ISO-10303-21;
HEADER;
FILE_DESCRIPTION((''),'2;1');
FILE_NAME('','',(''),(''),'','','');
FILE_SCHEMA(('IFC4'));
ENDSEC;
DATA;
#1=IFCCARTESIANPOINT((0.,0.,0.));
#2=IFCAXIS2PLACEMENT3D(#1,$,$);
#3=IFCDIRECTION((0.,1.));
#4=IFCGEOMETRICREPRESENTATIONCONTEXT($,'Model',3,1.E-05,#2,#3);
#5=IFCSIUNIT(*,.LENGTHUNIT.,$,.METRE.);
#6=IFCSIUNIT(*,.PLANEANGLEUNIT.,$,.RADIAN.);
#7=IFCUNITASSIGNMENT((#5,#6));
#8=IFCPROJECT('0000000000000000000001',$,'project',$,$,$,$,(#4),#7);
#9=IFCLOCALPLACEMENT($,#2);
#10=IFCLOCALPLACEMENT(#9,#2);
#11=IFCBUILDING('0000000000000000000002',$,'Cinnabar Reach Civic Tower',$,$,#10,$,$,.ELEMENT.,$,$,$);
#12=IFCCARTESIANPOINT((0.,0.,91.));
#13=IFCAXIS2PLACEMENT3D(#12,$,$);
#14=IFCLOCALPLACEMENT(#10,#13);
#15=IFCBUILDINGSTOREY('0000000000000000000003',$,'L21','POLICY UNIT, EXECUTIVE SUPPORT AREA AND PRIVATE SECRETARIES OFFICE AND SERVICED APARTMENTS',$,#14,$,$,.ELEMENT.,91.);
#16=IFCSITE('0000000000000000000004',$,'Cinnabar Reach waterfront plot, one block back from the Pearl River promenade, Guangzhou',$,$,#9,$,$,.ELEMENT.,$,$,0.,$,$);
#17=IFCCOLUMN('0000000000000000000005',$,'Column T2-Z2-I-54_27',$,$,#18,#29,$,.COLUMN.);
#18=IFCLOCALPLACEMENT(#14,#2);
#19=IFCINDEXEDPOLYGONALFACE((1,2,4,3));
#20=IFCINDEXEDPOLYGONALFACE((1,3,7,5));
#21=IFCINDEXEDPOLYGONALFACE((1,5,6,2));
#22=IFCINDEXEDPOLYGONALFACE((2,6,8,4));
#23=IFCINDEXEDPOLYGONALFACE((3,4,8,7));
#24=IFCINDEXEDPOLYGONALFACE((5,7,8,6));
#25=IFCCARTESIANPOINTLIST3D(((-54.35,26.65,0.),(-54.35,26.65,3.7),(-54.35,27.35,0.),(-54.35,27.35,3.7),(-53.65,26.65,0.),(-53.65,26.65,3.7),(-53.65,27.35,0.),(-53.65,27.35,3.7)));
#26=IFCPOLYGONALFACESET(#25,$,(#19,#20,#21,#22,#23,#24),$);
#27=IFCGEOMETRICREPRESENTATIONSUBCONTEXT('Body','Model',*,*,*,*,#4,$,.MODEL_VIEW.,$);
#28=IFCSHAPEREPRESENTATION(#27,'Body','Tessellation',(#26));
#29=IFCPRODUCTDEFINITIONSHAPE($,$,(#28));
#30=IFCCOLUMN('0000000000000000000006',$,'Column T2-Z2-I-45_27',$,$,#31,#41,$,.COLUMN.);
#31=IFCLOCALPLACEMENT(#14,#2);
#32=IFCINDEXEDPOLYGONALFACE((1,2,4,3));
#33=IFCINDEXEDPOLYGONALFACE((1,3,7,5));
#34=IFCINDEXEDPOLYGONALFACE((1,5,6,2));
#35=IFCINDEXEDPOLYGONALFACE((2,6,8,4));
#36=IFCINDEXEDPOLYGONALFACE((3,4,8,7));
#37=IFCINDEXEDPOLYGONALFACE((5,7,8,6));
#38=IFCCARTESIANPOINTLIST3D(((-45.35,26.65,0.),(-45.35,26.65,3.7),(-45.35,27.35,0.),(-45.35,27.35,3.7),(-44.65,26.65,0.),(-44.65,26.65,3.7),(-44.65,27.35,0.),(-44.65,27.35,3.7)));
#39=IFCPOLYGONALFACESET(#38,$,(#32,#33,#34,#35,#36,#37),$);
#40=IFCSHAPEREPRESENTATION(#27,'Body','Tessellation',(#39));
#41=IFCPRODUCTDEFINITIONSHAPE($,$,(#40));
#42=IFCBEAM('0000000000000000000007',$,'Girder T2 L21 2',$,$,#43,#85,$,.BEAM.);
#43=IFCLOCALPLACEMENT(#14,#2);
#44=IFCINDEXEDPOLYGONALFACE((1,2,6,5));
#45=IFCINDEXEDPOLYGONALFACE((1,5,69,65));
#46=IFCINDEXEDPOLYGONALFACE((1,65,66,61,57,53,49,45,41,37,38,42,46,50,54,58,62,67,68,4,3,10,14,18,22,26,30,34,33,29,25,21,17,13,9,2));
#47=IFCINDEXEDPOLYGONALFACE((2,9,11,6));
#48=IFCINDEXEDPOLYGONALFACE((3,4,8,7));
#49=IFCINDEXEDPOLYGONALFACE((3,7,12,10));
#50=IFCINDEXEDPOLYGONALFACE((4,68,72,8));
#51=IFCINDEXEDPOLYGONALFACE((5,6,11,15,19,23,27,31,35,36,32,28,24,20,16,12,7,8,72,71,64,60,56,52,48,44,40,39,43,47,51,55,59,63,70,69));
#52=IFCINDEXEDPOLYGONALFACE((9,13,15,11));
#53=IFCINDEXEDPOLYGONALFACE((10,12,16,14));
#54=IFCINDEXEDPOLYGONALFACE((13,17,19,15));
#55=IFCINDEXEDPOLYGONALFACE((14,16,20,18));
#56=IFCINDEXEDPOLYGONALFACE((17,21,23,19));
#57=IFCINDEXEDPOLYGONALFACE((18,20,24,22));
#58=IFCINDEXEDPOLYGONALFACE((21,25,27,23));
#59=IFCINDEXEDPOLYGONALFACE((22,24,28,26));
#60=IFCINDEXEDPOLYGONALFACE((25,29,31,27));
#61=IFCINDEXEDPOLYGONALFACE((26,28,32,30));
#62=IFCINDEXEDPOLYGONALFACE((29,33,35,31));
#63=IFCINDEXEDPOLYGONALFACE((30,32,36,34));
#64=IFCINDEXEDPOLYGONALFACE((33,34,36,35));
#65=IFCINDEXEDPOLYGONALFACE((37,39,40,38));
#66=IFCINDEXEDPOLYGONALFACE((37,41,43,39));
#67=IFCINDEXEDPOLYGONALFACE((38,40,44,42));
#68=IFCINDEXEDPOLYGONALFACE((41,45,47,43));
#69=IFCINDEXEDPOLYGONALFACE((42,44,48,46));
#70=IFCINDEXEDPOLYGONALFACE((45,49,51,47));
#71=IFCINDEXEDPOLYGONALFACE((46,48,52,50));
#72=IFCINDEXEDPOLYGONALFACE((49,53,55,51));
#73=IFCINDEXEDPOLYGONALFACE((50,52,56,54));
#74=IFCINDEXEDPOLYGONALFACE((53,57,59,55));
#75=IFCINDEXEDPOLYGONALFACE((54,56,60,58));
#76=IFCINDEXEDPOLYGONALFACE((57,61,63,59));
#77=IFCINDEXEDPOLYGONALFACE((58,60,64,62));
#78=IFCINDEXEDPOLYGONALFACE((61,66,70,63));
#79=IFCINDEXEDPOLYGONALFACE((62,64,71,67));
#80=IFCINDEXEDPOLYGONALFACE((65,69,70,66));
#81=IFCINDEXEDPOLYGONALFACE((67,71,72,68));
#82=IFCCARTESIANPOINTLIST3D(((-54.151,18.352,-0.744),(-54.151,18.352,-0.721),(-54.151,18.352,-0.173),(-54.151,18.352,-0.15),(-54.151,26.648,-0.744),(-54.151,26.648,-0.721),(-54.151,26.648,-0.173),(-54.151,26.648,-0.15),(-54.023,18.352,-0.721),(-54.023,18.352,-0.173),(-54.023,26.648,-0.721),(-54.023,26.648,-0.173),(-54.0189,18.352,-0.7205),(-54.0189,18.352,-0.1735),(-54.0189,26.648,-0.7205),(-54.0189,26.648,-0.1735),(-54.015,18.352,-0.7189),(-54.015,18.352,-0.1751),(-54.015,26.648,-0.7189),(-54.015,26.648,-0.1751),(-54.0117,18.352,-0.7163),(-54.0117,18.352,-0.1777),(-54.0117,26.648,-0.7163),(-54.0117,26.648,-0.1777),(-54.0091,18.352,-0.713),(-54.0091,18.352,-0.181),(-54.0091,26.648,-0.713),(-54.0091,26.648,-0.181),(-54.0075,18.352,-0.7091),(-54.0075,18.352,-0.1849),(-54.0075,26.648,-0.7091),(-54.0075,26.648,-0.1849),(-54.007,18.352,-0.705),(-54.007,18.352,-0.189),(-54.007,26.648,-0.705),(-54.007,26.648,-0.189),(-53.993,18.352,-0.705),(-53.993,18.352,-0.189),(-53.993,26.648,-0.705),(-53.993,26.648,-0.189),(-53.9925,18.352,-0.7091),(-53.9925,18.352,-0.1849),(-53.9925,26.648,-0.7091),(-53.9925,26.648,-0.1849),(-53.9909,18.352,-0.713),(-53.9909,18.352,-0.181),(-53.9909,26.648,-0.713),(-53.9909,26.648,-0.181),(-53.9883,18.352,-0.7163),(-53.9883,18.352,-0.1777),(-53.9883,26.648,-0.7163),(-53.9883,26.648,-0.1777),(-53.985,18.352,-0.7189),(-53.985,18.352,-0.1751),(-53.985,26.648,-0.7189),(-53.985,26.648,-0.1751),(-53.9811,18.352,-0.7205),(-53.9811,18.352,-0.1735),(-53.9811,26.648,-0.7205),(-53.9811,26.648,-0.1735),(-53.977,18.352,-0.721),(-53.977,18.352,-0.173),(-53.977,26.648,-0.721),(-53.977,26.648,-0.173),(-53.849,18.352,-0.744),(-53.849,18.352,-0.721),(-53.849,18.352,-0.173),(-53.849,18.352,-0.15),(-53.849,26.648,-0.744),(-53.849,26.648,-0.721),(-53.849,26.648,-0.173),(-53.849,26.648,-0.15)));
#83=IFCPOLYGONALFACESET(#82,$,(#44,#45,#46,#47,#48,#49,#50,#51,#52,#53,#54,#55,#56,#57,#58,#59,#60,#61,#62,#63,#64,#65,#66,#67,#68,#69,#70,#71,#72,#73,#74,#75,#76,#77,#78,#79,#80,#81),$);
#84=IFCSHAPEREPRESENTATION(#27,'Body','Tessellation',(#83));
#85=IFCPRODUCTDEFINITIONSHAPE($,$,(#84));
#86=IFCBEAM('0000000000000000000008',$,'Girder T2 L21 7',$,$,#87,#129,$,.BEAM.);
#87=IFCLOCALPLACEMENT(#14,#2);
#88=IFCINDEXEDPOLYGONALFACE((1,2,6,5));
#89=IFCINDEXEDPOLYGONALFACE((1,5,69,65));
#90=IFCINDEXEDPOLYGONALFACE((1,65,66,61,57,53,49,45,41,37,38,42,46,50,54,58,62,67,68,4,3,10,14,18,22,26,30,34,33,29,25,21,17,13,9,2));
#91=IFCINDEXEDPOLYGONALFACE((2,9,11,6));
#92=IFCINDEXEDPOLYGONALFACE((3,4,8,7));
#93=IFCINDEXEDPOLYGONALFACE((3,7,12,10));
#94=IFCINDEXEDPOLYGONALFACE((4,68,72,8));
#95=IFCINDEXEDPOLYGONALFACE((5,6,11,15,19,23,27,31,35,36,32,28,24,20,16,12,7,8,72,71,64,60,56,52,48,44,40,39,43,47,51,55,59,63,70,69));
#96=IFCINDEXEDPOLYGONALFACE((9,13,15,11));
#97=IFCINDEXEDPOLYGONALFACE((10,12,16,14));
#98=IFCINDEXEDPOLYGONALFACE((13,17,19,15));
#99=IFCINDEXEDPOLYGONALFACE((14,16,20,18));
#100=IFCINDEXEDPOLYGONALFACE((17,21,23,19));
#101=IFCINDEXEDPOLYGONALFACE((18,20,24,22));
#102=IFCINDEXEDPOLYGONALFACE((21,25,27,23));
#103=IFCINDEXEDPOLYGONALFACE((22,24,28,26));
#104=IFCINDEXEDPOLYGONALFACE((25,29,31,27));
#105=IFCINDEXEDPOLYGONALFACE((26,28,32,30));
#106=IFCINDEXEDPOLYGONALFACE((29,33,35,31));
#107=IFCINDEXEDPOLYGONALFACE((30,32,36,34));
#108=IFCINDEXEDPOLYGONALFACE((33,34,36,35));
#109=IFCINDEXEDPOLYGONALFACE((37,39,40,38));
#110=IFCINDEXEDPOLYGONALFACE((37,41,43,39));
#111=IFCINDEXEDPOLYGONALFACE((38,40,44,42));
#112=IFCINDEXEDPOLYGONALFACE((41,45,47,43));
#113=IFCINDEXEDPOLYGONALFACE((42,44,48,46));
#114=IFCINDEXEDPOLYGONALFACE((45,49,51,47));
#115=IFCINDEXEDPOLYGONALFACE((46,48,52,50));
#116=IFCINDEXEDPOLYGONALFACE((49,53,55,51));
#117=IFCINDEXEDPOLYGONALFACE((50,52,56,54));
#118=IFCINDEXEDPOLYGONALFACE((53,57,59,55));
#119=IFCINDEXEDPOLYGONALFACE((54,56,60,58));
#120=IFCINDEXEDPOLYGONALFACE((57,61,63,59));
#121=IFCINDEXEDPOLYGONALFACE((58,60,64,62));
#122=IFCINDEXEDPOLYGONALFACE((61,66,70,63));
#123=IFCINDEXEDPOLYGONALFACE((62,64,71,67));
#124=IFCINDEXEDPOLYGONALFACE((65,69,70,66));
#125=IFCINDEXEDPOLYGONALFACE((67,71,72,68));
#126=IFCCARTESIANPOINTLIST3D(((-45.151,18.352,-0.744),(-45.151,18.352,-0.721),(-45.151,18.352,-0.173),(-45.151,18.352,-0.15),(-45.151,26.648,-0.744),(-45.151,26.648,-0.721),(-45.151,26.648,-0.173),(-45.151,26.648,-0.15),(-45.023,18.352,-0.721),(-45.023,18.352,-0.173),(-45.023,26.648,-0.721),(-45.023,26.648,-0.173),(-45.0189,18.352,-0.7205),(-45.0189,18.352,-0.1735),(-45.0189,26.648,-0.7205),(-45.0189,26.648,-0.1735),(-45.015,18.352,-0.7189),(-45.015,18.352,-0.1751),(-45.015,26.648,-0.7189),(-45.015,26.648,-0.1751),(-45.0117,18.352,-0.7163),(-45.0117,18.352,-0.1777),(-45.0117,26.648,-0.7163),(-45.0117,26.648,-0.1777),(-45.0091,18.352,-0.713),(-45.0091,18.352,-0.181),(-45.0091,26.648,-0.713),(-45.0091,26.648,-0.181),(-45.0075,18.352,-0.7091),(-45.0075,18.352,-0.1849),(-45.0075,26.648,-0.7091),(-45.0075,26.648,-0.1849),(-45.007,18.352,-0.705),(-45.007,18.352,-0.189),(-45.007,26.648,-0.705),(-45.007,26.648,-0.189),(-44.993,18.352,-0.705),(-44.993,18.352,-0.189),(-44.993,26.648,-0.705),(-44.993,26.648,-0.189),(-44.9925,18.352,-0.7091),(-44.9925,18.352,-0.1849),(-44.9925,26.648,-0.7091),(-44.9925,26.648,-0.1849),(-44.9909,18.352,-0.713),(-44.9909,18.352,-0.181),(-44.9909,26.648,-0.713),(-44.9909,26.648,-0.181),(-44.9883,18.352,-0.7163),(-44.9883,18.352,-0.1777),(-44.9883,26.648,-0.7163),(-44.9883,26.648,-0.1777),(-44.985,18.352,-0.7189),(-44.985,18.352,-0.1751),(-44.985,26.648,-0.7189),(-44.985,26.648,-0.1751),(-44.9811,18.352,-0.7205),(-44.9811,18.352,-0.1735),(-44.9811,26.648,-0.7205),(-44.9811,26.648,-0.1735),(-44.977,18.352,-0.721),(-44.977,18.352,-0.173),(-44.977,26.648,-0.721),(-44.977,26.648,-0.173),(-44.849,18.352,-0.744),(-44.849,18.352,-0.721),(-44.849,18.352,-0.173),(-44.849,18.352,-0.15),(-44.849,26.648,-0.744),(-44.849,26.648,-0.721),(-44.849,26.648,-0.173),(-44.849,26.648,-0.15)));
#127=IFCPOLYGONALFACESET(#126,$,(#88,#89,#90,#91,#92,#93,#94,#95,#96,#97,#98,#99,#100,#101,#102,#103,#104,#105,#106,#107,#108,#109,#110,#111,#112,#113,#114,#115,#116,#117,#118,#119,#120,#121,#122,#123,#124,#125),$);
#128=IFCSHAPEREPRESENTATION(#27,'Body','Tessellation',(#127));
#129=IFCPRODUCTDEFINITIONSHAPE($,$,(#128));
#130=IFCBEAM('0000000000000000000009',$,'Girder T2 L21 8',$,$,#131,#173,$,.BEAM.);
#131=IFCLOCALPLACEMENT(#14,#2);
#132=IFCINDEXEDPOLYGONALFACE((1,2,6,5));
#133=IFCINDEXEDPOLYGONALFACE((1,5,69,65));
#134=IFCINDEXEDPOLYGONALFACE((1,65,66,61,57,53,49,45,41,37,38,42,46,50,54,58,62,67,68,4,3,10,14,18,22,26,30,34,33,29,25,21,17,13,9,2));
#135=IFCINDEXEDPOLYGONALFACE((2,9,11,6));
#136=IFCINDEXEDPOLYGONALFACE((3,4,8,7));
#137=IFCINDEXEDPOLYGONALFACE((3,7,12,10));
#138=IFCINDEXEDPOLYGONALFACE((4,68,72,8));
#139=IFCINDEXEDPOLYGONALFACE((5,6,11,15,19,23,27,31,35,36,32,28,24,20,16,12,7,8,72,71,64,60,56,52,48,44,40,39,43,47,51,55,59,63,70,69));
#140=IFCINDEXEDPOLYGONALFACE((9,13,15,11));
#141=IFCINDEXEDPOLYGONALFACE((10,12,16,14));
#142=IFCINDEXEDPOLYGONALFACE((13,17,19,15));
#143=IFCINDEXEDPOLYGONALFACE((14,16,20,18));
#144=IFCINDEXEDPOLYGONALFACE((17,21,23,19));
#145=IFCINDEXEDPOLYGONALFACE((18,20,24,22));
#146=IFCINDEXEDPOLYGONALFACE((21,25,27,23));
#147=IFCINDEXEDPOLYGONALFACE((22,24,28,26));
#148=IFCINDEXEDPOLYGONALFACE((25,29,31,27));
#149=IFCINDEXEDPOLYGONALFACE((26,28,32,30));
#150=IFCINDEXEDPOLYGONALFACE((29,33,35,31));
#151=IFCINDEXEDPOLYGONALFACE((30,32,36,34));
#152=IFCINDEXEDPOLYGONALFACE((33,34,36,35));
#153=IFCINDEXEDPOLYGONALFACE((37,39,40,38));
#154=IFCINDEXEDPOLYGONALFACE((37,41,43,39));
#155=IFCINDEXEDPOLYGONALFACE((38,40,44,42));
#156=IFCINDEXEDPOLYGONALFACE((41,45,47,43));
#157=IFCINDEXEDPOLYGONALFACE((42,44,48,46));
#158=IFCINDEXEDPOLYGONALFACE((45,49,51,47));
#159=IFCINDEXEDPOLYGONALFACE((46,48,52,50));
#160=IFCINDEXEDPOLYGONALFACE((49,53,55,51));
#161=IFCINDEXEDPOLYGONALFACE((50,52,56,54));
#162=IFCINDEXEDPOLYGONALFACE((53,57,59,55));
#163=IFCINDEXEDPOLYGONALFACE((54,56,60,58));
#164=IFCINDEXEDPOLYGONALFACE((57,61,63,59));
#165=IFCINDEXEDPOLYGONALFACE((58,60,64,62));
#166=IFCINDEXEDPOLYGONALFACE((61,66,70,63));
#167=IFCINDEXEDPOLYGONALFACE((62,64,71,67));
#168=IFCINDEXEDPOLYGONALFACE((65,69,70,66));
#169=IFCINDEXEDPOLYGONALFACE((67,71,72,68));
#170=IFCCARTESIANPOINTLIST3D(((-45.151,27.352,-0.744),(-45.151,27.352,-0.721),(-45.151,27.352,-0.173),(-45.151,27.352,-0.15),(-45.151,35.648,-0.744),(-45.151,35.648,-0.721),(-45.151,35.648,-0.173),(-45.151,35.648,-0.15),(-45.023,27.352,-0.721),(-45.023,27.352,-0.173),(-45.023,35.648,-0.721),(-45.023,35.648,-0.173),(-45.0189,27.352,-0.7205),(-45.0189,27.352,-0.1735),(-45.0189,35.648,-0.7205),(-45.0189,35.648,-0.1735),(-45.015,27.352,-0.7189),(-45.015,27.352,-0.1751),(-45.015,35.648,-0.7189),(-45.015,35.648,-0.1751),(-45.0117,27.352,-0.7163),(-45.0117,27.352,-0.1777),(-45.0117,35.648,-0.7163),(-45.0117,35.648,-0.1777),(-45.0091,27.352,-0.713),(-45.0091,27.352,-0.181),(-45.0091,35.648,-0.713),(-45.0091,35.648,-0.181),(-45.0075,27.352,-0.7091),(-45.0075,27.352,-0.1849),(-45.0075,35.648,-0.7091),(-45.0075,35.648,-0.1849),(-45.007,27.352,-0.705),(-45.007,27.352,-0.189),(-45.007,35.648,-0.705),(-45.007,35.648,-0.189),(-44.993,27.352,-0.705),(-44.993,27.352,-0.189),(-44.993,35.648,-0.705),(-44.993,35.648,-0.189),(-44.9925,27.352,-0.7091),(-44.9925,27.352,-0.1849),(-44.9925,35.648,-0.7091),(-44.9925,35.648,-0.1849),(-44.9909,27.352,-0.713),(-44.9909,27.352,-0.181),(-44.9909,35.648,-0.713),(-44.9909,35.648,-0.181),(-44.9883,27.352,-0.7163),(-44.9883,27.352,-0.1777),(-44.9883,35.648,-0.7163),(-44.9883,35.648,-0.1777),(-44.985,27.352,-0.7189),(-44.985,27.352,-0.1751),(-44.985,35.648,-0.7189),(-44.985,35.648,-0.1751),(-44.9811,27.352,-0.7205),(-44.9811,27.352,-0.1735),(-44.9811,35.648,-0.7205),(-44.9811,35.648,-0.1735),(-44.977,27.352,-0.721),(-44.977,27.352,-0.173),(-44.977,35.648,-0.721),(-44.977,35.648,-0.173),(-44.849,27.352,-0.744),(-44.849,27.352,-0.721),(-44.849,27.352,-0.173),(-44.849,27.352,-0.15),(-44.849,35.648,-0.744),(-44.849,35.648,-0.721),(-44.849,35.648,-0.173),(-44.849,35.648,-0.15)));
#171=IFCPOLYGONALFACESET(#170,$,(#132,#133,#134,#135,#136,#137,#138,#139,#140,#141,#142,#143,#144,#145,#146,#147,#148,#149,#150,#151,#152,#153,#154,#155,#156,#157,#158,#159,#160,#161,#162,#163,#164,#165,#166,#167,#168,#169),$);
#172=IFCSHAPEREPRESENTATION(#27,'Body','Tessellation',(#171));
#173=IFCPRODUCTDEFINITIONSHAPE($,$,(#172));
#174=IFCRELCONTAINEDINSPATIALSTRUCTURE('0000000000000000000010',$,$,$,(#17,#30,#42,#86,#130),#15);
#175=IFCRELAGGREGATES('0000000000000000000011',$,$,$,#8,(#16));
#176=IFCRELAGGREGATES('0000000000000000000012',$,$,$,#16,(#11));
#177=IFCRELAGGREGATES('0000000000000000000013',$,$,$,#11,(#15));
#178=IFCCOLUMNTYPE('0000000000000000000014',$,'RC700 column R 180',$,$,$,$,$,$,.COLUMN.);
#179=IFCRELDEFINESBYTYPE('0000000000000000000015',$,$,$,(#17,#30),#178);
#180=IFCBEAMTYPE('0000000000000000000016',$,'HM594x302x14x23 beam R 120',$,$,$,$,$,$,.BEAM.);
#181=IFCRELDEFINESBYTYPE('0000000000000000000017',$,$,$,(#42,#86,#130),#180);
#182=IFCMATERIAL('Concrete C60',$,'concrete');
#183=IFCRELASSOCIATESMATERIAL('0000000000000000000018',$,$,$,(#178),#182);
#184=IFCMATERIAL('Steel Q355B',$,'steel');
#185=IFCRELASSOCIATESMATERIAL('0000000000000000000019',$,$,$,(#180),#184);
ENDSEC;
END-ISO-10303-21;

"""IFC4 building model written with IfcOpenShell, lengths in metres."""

from ifc_helpers import new_model, si_unit, direction, frame, origin, origin_2d, place, context, subcontext, project, spatial, rectangle, i_section, extrude, material, material_profile, profile_set, type_object, element, save


model = new_model("IFC4")

# Units and contexts
model_context = context("Model", 3, precision=1e-05, world=origin(), true_north=direction((0.0, 1.0)))
body_context = subcontext(model_context, "Body", "Model", "MODEL_VIEW")
ifc_project = project(units=[si_unit("LENGTHUNIT", "METRE"), si_unit("PLANEANGLEUNIT", "RADIAN")], contexts=[model_context])

# Site, building, storey
site_placement = place(None, origin())
site = spatial("IfcSite", under=ifc_project, at=site_placement, Name="Cinnabar Reach waterfront plot, one block back from the Pearl River promenade, Guangzhou", CompositionType="ELEMENT", RefElevation=0.0)
building_placement = place(site_placement, origin())
building = spatial("IfcBuilding", under=site, at=building_placement, Name="Cinnabar Reach Civic Tower", CompositionType="ELEMENT")
storey_placement = place(building_placement, frame((0.0, 0.0, 91.0)))
storey = spatial("IfcBuildingStorey", under=building, at=storey_placement, Name="L21", Description="POLICY UNIT, EXECUTIVE SUPPORT AREA AND PRIVATE SECRETARIES OFFICE AND SERVICED APARTMENTS", CompositionType="ELEMENT", Elevation=91.0)

# Columns
ifc_material_1 = material(Name="Concrete C60", Category="concrete")
ifc_material_profile_1 = material_profile(ifc_material_1, rectangle(XDim=0.7, YDim=0.7, at=origin_2d()), Name="RC700")
ifc_profile_set_1 = profile_set([ifc_material_profile_1], Name="Concrete C60")
column_type = type_object("IfcColumnType", Name="RC700 column R 180", PredefinedType="COLUMN", material=ifc_profile_set_1)
for number, where, z_axis, x_axis, name in (
    (1, (-54.0, 27.0, 0.0), (0.0, 0.0, 1.0), (1.0, 0.0, 0.0), "Column T2-Z2-I-54_27"),
    (2, (-45.0, 27.0, 0.0), (0.0, 0.0, 1.0), (1.0, 0.0, 0.0), "Column T2-Z2-I-45_27"),
):
    element("IfcColumn", number, at=place(storey_placement, frame(where, z_axis=z_axis, x_axis=x_axis)), inside=storey, type_object=column_type, Name=name, PredefinedType="COLUMN", context=body_context, shape_type="SweptSolid", body=[
        extrude(rectangle(XDim=0.7, YDim=0.7, at=origin_2d()), origin(), (0.0, 0.0, 1.0), 3.7),
    ])

# Beams
ifc_material_2 = material(Name="Steel Q355B", Category="steel")
ifc_material_profile_2 = material_profile(ifc_material_2, i_section(OverallWidth=0.302, OverallDepth=0.594, WebThickness=0.014, FlangeThickness=0.023, FilletRadius=0.016, at=origin_2d()), Name="HM594x302x14x23")
ifc_profile_set_2 = profile_set([ifc_material_profile_2], Name="Steel Q355B")
beam_type_1 = type_object("IfcBeamType", Name="HM594x302x14x23 beam R 120", PredefinedType="BEAM", material=ifc_profile_set_2)
for number, where, z_axis, x_axis, name in (
    (3, (-54.0, 18.352, -0.447), (0.0, 1.0, 0.0), (-1.0, 0.0, 0.0), "Girder T2 L21 2"),
    (4, (-45.0, 18.352, -0.447), (0.0, 1.0, 0.0), (-1.0, 0.0, 0.0), "Girder T2 L21 7"),
    (5, (-45.0, 27.352, -0.447), (0.0, 1.0, 0.0), (-1.0, 0.0, 0.0), "Girder T2 L21 8"),
):
    element("IfcBeam", number, at=place(storey_placement, frame(where, z_axis=z_axis, x_axis=x_axis)), inside=storey, type_object=beam_type_1, Name=name, PredefinedType="BEAM", context=body_context, shape_type="SweptSolid", body=[
        extrude(i_section(OverallWidth=0.302, OverallDepth=0.594, WebThickness=0.014, FlangeThickness=0.023, FilletRadius=0.016, at=origin_2d()), origin(), (0.0, 0.0, 1.0), 8.296),
    ])

save(model, "model.ifc")
